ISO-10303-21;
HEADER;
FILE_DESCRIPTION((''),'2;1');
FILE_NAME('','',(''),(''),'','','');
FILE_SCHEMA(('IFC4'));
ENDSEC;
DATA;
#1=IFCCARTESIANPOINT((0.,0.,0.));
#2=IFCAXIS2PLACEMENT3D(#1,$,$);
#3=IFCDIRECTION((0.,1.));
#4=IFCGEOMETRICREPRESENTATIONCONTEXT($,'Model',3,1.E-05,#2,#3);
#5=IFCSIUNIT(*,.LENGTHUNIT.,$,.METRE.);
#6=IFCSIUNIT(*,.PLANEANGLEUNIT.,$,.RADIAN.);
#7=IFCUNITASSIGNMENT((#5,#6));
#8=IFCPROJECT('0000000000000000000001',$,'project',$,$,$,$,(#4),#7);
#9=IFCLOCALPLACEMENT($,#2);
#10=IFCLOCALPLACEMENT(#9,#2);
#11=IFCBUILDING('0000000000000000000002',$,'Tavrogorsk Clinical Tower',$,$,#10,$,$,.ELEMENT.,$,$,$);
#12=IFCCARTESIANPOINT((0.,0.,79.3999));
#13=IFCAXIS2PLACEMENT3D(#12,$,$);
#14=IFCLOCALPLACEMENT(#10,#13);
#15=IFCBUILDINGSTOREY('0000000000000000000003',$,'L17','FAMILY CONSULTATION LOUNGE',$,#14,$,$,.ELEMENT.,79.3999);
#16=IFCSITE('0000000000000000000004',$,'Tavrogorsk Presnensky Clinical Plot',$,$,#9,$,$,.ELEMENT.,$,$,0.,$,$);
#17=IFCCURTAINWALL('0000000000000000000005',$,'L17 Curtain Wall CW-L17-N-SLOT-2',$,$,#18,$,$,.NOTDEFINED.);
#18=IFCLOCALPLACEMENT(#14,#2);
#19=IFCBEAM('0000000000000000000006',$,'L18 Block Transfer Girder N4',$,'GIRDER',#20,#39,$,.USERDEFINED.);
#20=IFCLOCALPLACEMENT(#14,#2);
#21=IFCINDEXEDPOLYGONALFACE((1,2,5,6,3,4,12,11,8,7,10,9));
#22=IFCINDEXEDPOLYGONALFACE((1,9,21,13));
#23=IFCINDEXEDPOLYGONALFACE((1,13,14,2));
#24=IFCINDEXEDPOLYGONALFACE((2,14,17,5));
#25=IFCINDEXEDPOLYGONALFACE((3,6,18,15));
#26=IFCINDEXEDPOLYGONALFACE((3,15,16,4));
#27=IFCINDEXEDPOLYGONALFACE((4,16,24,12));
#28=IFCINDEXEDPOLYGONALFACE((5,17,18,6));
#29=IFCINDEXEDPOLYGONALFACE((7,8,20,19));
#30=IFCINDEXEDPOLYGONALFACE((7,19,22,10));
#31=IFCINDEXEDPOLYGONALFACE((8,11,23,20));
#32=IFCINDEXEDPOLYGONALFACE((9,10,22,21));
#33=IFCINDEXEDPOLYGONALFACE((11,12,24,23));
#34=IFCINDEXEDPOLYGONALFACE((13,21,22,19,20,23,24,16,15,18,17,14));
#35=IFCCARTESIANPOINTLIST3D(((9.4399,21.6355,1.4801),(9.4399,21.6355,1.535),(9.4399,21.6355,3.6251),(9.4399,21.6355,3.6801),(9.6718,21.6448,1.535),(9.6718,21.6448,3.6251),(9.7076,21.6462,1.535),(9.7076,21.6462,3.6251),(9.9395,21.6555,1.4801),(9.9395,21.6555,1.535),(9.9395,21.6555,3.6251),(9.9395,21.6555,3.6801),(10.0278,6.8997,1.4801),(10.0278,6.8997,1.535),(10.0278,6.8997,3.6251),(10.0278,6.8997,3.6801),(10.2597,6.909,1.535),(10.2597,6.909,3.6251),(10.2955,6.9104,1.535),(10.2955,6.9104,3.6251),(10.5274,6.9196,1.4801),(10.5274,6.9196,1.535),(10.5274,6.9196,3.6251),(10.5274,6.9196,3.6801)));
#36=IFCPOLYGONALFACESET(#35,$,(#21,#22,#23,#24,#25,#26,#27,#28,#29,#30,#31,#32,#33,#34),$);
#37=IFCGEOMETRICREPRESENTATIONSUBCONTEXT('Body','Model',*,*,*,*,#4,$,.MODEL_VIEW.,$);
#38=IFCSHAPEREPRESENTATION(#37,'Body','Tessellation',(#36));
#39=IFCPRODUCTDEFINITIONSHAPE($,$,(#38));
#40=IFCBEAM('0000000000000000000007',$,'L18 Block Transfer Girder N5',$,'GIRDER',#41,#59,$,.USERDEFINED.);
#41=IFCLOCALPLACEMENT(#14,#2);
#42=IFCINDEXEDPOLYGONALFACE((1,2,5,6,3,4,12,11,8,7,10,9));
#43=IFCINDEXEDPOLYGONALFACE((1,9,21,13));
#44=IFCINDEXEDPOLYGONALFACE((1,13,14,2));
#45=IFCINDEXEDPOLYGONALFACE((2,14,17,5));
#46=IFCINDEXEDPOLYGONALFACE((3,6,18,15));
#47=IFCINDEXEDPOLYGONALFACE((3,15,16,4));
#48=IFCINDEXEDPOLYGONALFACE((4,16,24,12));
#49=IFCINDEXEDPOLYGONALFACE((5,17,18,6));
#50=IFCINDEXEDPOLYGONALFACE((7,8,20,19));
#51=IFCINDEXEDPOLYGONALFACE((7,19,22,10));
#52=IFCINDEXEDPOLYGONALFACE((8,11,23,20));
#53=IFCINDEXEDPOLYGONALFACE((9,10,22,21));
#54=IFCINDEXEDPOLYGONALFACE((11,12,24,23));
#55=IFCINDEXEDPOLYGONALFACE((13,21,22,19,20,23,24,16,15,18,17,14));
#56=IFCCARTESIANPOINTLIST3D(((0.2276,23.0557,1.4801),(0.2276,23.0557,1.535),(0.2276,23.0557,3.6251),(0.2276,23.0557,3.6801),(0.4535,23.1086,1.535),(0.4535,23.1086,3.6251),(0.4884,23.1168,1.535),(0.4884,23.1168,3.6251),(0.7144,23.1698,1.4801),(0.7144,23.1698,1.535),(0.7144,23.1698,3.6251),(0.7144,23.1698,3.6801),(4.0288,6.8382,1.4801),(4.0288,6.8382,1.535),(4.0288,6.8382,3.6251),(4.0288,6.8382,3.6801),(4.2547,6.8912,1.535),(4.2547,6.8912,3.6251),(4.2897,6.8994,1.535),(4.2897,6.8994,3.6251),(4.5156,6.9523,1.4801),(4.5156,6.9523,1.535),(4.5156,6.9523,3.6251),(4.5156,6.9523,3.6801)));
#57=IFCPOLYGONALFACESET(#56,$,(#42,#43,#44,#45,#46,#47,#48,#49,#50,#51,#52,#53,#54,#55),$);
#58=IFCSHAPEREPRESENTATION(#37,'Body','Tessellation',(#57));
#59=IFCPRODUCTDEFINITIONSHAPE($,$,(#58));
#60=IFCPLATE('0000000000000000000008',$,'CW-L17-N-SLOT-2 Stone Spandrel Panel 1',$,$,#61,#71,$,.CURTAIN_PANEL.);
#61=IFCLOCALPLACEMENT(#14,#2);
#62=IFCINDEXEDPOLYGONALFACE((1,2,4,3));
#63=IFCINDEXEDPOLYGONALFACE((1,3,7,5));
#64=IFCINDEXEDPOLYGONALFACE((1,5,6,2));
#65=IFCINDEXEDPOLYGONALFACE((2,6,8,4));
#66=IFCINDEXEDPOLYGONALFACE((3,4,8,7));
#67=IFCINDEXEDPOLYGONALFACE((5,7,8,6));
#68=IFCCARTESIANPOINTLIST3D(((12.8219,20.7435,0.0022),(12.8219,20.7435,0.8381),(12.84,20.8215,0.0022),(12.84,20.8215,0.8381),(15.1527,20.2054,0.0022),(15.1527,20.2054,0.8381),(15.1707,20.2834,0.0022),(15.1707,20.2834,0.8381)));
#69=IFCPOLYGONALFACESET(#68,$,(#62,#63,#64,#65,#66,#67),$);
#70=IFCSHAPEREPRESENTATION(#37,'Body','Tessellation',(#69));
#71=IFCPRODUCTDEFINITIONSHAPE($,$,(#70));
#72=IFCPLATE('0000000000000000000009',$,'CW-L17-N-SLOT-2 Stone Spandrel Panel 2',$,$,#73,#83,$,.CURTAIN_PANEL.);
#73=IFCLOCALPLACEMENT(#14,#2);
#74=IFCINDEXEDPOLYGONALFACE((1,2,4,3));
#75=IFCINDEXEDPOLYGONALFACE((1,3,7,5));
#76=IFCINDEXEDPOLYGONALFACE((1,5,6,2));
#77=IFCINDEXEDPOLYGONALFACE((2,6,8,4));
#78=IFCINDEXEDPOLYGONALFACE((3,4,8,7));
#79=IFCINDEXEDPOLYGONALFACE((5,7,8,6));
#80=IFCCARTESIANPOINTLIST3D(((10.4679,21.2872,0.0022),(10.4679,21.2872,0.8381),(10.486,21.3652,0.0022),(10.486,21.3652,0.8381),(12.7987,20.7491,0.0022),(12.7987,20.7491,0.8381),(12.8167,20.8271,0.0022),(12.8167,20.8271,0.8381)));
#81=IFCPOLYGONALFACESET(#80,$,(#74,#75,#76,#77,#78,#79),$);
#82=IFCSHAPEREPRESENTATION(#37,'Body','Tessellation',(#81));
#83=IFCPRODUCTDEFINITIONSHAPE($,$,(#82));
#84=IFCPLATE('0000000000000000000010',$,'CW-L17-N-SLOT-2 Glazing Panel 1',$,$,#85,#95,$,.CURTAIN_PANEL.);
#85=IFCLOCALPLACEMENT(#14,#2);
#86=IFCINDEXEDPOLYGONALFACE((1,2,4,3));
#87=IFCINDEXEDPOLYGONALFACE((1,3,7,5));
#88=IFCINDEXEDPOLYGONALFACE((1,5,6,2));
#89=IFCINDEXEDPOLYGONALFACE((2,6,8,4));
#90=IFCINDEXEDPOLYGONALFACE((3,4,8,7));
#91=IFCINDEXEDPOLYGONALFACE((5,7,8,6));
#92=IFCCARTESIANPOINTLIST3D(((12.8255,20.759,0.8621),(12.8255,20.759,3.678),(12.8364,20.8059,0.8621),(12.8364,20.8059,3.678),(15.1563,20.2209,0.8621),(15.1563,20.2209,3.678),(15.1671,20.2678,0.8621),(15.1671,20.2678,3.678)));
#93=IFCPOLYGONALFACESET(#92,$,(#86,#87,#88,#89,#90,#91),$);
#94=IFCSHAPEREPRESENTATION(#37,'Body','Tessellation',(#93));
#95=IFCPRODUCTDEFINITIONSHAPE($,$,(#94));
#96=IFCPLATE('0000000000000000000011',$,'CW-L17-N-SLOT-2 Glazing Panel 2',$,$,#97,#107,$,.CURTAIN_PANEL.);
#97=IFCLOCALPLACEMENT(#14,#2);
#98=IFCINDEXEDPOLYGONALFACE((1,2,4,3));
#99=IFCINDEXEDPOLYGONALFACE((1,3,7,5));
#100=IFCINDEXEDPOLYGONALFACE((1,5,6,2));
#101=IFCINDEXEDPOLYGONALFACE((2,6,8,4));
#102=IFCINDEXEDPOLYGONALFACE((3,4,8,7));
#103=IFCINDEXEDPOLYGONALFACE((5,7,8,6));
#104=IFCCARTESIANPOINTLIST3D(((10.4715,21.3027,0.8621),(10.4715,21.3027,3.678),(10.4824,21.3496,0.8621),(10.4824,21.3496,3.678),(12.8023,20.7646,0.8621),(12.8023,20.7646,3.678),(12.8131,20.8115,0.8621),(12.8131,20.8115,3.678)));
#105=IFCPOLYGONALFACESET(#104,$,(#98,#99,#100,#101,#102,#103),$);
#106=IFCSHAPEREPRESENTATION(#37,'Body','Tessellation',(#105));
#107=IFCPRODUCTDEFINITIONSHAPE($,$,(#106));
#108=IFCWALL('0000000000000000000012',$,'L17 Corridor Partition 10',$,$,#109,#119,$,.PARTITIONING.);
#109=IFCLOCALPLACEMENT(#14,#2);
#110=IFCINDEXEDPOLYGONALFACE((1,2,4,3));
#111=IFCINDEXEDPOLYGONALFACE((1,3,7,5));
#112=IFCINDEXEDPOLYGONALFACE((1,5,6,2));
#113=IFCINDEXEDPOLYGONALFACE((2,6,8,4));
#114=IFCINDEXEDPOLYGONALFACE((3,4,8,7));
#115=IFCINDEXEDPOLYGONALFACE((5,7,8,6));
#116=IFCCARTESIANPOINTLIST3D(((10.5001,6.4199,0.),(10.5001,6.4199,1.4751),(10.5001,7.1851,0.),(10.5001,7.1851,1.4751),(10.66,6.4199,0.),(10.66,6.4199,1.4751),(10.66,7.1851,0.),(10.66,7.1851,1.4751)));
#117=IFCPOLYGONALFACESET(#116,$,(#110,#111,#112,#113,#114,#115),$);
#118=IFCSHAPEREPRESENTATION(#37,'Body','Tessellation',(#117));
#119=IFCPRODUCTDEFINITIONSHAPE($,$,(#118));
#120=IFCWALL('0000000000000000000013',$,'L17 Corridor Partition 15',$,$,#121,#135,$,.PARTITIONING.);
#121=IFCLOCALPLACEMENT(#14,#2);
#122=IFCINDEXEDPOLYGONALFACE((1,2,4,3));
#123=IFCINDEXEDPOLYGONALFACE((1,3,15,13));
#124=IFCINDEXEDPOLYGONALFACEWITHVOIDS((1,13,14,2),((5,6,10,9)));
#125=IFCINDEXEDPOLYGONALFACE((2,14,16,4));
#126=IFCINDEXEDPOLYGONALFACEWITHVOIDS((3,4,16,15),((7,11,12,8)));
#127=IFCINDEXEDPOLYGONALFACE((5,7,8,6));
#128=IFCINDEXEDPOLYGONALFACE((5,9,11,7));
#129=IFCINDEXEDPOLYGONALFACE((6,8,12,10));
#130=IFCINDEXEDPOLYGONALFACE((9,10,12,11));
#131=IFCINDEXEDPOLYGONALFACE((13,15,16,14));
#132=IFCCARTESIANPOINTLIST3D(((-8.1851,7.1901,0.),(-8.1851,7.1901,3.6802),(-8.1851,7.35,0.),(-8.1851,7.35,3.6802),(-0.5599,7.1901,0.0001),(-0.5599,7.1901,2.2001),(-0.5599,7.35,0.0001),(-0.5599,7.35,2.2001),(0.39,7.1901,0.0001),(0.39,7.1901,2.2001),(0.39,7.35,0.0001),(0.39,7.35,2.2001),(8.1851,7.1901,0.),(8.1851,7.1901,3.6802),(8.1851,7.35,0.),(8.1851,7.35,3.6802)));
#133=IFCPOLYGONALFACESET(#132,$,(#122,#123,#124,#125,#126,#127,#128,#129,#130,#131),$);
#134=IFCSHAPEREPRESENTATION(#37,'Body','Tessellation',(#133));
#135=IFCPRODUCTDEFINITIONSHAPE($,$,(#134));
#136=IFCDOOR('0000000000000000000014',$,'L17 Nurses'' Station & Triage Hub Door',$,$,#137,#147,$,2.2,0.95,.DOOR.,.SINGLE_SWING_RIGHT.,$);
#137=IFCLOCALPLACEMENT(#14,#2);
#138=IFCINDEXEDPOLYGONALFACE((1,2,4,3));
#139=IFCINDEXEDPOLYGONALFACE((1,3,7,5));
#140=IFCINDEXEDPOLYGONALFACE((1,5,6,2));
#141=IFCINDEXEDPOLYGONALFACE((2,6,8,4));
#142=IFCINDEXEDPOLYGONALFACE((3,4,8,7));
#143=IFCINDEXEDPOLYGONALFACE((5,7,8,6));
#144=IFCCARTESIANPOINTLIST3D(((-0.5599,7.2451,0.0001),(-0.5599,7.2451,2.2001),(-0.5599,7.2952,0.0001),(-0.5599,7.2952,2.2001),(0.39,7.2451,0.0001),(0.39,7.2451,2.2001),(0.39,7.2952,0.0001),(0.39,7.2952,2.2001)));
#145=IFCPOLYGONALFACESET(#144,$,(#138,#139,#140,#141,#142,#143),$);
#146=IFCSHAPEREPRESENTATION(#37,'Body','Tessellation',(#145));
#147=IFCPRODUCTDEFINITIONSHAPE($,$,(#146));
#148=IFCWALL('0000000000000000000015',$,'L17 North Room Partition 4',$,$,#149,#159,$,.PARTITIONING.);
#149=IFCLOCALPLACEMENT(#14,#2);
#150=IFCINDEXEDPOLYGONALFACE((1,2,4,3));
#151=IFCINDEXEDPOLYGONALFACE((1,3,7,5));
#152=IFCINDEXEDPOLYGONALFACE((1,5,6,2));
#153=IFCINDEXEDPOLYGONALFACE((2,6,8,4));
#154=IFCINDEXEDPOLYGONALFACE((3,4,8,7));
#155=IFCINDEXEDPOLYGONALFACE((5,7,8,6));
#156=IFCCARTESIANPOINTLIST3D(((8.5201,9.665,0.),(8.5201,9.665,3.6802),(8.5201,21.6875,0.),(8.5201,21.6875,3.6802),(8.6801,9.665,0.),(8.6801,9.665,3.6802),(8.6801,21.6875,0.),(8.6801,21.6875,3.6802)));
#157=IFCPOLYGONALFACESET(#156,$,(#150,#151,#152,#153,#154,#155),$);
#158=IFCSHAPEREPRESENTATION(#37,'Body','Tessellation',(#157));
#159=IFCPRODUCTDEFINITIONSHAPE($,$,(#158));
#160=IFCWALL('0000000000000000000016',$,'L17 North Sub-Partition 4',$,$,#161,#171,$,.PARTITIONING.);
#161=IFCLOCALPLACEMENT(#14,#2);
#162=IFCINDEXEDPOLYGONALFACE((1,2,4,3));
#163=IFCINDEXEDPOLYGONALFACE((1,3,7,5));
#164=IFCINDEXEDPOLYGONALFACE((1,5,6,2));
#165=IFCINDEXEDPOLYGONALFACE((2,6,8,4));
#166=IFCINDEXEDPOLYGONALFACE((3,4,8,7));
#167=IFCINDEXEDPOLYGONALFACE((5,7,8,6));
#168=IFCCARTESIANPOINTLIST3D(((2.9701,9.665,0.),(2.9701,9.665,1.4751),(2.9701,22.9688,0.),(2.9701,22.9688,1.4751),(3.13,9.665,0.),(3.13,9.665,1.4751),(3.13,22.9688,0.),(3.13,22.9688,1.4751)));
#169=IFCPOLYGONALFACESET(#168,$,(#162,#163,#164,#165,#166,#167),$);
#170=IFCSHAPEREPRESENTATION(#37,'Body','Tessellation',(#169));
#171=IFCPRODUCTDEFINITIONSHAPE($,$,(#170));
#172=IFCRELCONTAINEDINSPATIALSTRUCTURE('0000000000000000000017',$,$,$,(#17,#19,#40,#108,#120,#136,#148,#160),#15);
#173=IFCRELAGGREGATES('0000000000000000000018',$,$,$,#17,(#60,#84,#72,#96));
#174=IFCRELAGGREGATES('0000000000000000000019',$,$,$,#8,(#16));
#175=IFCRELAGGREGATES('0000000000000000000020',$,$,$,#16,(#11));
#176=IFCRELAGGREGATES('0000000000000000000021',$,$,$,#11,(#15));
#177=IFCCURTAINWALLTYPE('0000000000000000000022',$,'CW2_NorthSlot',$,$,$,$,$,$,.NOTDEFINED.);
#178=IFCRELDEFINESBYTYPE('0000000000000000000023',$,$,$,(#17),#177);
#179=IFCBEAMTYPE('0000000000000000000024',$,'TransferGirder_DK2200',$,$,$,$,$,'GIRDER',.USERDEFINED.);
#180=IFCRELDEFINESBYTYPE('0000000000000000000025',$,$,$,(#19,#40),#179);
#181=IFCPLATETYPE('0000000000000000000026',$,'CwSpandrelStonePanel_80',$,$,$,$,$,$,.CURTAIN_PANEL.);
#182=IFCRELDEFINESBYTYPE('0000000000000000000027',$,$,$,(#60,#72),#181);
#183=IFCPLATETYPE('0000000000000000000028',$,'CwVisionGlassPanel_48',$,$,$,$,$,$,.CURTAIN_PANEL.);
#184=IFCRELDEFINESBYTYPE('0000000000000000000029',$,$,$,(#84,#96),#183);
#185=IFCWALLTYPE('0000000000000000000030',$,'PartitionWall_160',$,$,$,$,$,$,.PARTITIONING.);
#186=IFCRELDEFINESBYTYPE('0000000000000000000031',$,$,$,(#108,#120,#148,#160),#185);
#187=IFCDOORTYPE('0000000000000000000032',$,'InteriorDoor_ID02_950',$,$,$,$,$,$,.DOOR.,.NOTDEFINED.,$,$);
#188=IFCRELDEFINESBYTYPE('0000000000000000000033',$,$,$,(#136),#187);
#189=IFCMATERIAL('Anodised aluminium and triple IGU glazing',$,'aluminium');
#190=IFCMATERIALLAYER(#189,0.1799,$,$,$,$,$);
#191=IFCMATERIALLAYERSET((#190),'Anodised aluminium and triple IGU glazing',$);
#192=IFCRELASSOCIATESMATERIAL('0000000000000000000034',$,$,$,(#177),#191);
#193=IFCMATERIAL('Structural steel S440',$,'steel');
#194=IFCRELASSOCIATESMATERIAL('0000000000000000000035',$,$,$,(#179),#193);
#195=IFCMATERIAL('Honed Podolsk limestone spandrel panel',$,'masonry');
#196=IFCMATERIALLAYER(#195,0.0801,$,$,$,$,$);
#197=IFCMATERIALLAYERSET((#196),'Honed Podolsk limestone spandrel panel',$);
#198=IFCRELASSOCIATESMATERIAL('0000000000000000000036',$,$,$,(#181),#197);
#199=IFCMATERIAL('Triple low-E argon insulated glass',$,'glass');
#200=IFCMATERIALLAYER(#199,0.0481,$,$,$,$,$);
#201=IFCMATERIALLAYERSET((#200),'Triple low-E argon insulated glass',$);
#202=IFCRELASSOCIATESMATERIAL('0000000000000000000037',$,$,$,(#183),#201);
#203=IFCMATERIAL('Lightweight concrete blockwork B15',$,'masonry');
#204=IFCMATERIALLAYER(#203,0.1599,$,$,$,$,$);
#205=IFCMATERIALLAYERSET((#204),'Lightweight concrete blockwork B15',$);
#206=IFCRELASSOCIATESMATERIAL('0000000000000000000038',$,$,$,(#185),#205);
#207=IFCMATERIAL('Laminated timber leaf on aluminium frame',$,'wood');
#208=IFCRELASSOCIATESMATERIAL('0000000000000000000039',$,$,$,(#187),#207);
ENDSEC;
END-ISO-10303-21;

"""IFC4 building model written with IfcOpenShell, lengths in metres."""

from ifc_helpers import new_model, si_unit, direction, frame, frame_2d, origin, origin_2d, place, context, subcontext, project, spatial, rectangle, i_section, extrude, material, layer, layer_set, material_profile, profile_set, type_object, element, fill, aggregate, save


model = new_model("IFC4")

# Units and contexts
model_context = context("Model", 3, precision=1e-05, world=origin(), true_north=direction((0.0, 1.0)))
body_context = subcontext(model_context, "Body", "Model", "MODEL_VIEW")
ifc_project = project(units=[si_unit("LENGTHUNIT", "METRE"), si_unit("PLANEANGLEUNIT", "RADIAN")], contexts=[model_context])

# Site, building, storey
site_placement = place(None, origin())
site = spatial("IfcSite", under=ifc_project, at=site_placement, Name="Tavrogorsk Presnensky Clinical Plot", CompositionType="ELEMENT", RefElevation=0.0)
building_placement = place(site_placement, origin())
building = spatial("IfcBuilding", under=site, at=building_placement, Name="Tavrogorsk Clinical Tower", CompositionType="ELEMENT")
storey_placement = place(building_placement, frame((0.0, 0.0, 79.3999)))
storey = spatial("IfcBuildingStorey", under=building, at=storey_placement, Name="L17", Description="FAMILY CONSULTATION LOUNGE", CompositionType="ELEMENT", Elevation=79.3999)

# Curtain wall
ifc_material_1 = material(Name="Anodised aluminium and triple IGU glazing", Category="aluminium")
ifc_layer_1 = layer(ifc_material_1, 0.1799)
ifc_layer_set_1 = layer_set([ifc_layer_1], Name="Anodised aluminium and triple IGU glazing")
curtain_wall_type = type_object("IfcCurtainWallType", Name="CW2_NorthSlot", PredefinedType="NOTDEFINED", material=ifc_layer_set_1)
curtain_wall_placement = place(storey_placement, origin())
curtain_wall = element("IfcCurtainWall", 1, at=curtain_wall_placement, inside=storey, type_object=curtain_wall_type, Name="L17 Curtain Wall CW-L17-N-SLOT-2", PredefinedType="NOTDEFINED")

# Beams
ifc_material_2 = material(Name="Structural steel S440", Category="steel")
ifc_material_profile_1 = material_profile(ifc_material_2, i_section(OverallWidth=0.5, OverallDepth=2.2, WebThickness=0.0359, FlangeThickness=0.0549, at=origin_2d()), Name="DK-2200x500x36x55")
ifc_profile_set_1 = profile_set([ifc_material_profile_1], Name="Structural steel S440")
beam_type = type_object("IfcBeamType", Name="TransferGirder_DK2200", ElementType="GIRDER", PredefinedType="USERDEFINED", material=ifc_profile_set_1)
beam_1_placement = place(storey_placement, frame((10.2776, 6.9097, 2.5801), z_axis=(-0.039864, 0.999205, 0.0), x_axis=(-0.999205, -0.039864, 0.0)))
element("IfcBeam", 2, at=beam_1_placement, inside=storey, type_object=beam_type, Name="L18 Block Transfer Girder N4", ObjectType="GIRDER", PredefinedType="USERDEFINED", context=body_context, shape_type="SweptSolid", body=[
    extrude(i_section(OverallWidth=0.5, OverallDepth=2.2, WebThickness=0.0359, FlangeThickness=0.0549, at=origin_2d()), origin(), (0.0, 0.0, 1.0), 14.7476),
])
beam_2_placement = place(storey_placement, frame((4.2722, 6.8953, 2.5801), z_axis=(-0.228208, 0.973612, 0.0), x_axis=(-0.973612, -0.228208, 0.0)))
element("IfcBeam", 3, at=beam_2_placement, inside=storey, type_object=beam_type, Name="L18 Block Transfer Girder N5", ObjectType="GIRDER", PredefinedType="USERDEFINED", context=body_context, shape_type="SweptSolid", body=[
    extrude(i_section(OverallWidth=0.5, OverallDepth=2.2, WebThickness=0.0359, FlangeThickness=0.0549, at=origin_2d()), origin(), (0.0, 0.0, 1.0), 16.657),
])

# Plates
ifc_material_3 = material(Name="Honed Podolsk limestone spandrel panel", Category="masonry")
ifc_layer_2 = layer(ifc_material_3, 0.0801)
ifc_layer_set_2 = layer_set([ifc_layer_2], Name="Honed Podolsk limestone spandrel panel")
plate_type_1 = type_object("IfcPlateType", Name="CwSpandrelStonePanel_80", PredefinedType="CURTAIN_PANEL", material=ifc_layer_set_2)
plate_1_placement = place(storey_placement, frame((13.9963, 20.5134, 0.0022), z_axis=(0.0, 0.0, 1.0), x_axis=(-0.97437, 0.224951, 0.0)))
plate_1 = element("IfcPlate", 4, at=plate_1_placement, type_object=plate_type_1, Name="CW-L17-N-SLOT-2 Stone Spandrel Panel 1", PredefinedType="CURTAIN_PANEL", context=body_context, shape_type="SweptSolid", body=[
    extrude(rectangle(XDim=2.3921, YDim=0.0801, at=origin_2d()), origin(), (0.0, 0.0, 1.0), 0.8359),
])
plate_2_placement = place(storey_placement, frame((11.6423, 21.0571, 0.0022), z_axis=(0.0, 0.0, 1.0), x_axis=(-0.97437, 0.224951, 0.0)))
plate_2 = element("IfcPlate", 5, at=plate_2_placement, type_object=plate_type_1, Name="CW-L17-N-SLOT-2 Stone Spandrel Panel 2", PredefinedType="CURTAIN_PANEL", context=body_context, shape_type="SweptSolid", body=[
    extrude(rectangle(XDim=2.3921, YDim=0.0801, at=origin_2d()), origin(), (0.0, 0.0, 1.0), 0.8359),
])
ifc_material_4 = material(Name="Triple low-E argon insulated glass", Category="glass")
ifc_layer_3 = layer(ifc_material_4, 0.0481)
ifc_layer_set_3 = layer_set([ifc_layer_3], Name="Triple low-E argon insulated glass")
plate_type_2 = type_object("IfcPlateType", Name="CwVisionGlassPanel_48", PredefinedType="CURTAIN_PANEL", material=ifc_layer_set_3)
plate_3_placement = place(storey_placement, frame((13.9963, 20.5134, 0.8621), z_axis=(0.0, 0.0, 1.0), x_axis=(-0.97437, 0.224951, 0.0)))
plate_3 = element("IfcPlate", 6, at=plate_3_placement, type_object=plate_type_2, Name="CW-L17-N-SLOT-2 Glazing Panel 1", PredefinedType="CURTAIN_PANEL", context=body_context, shape_type="SweptSolid", body=[
    extrude(rectangle(XDim=2.3921, YDim=0.0481, at=origin_2d()), origin(), (0.0, 0.0, 1.0), 2.8159),
])
plate_4_placement = place(storey_placement, frame((11.6423, 21.0571, 0.8621), z_axis=(0.0, 0.0, 1.0), x_axis=(-0.97437, 0.224951, 0.0)))
plate_4 = element("IfcPlate", 7, at=plate_4_placement, type_object=plate_type_2, Name="CW-L17-N-SLOT-2 Glazing Panel 2", PredefinedType="CURTAIN_PANEL", context=body_context, shape_type="SweptSolid", body=[
    extrude(rectangle(XDim=2.3921, YDim=0.0481, at=origin_2d()), origin(), (0.0, 0.0, 1.0), 2.8159),
])
aggregate(curtain_wall, [plate_1, plate_3, plate_2, plate_4])

# Wall
ifc_material_5 = material(Name="Lightweight concrete blockwork B15", Category="masonry")
ifc_layer_4 = layer(ifc_material_5, 0.1599)
ifc_layer_set_4 = layer_set([ifc_layer_4], Name="Lightweight concrete blockwork B15")
wall_type_1 = type_object("IfcWallType", Name="PartitionWall_160", PredefinedType="PARTITIONING", material=ifc_layer_set_4)
wall_1_placement = place(storey_placement, frame((10.5801, 7.1851, 0.0), z_axis=(0.0, 0.0, 1.0), x_axis=(0.0, -1.0, 0.0)))
element("IfcWall", 8, at=wall_1_placement, inside=storey, type_object=wall_type_1, Name="L17 Corridor Partition 10", PredefinedType="PARTITIONING", context=body_context, shape_type="SweptSolid", body=[
    extrude(rectangle(XDim=0.7651, YDim=0.1599, at=frame_2d((0.3826, 0.0))), origin(), (0.0, 0.0, 1.0), 1.4751),
])

# Wall, opening, door
wall_2_placement = place(storey_placement, frame((8.1851, 7.27, 0.0), z_axis=(0.0, 0.0, 1.0), x_axis=(-1.0, 0.0, 0.0)))
wall_2 = element("IfcWall", 9, at=wall_2_placement, inside=storey, type_object=wall_type_1, Name="L17 Corridor Partition 15", PredefinedType="PARTITIONING", context=body_context, shape_type="SweptSolid", body=[
    extrude(rectangle(XDim=16.3701, YDim=0.1599, at=frame_2d((8.1851, 0.0))), origin(), (0.0, 0.0, 1.0), 3.6802),
])
opening_1_placement = place(wall_2_placement, frame((7.7949, 0.0, 0.0)))
opening_1 = element("IfcOpeningElement", 10, at=opening_1_placement, cuts=wall_2, PredefinedType="OPENING", context=body_context, shape_type="SweptSolid", body=[
    extrude(rectangle(XDim=0.95, YDim=2.2, at=frame_2d((0.4751, 1.1001))), frame((0.0, 0.0898, 0.0), z_axis=(0.0, -1.0, 0.0), x_axis=(1.0, 0.0, 0.0)), (0.0, 0.0, 1.0), 0.1799),
])
ifc_material_6 = material(Name="Laminated timber leaf on aluminium frame", Category="wood")
door_type = type_object("IfcDoorType", Name="InteriorDoor_ID02_950", OperationType="NOTDEFINED", PredefinedType="DOOR", material=ifc_material_6)
door_placement = place(opening_1_placement, origin())
door = element("IfcDoor", 11, at=door_placement, inside=storey, type_object=door_type, Name="L17 Nurses' Station & Triage Hub Door", OperationType="SINGLE_SWING_RIGHT", OverallHeight=2.2, OverallWidth=0.95, PredefinedType="DOOR", context=body_context, shape_type="SweptSolid", body=[
    extrude(rectangle(XDim=0.95, YDim=2.2, at=frame_2d((0.4751, 1.1001))), frame((0.0, 0.0249, 0.0), z_axis=(0.0, -1.0, 0.0), x_axis=(1.0, 0.0, 0.0)), (0.0, 0.0, 1.0), 0.05),
])
fill(opening_1, door)

# Walls
wall_3_placement = place(storey_placement, frame((8.6001, 9.665, 0.0), z_axis=(0.0, 0.0, 1.0), x_axis=(0.0, 1.0, 0.0)))
element("IfcWall", 12, at=wall_3_placement, inside=storey, type_object=wall_type_1, Name="L17 North Room Partition 4", PredefinedType="PARTITIONING", context=body_context, shape_type="SweptSolid", body=[
    extrude(rectangle(XDim=12.0225, YDim=0.1599, at=frame_2d((6.0112, 0.0))), origin(), (0.0, 0.0, 1.0), 3.6802),
])
wall_4_placement = place(storey_placement, frame((3.05, 9.665, 0.0), z_axis=(0.0, 0.0, 1.0), x_axis=(0.0, 1.0, 0.0)))
element("IfcWall", 13, at=wall_4_placement, inside=storey, type_object=wall_type_1, Name="L17 North Sub-Partition 4", PredefinedType="PARTITIONING", context=body_context, shape_type="SweptSolid", body=[
    extrude(rectangle(XDim=13.3037, YDim=0.1599, at=frame_2d((6.6519, 0.0))), origin(), (0.0, 0.0, 1.0), 1.4751),
])

save(model, "model.ifc")
